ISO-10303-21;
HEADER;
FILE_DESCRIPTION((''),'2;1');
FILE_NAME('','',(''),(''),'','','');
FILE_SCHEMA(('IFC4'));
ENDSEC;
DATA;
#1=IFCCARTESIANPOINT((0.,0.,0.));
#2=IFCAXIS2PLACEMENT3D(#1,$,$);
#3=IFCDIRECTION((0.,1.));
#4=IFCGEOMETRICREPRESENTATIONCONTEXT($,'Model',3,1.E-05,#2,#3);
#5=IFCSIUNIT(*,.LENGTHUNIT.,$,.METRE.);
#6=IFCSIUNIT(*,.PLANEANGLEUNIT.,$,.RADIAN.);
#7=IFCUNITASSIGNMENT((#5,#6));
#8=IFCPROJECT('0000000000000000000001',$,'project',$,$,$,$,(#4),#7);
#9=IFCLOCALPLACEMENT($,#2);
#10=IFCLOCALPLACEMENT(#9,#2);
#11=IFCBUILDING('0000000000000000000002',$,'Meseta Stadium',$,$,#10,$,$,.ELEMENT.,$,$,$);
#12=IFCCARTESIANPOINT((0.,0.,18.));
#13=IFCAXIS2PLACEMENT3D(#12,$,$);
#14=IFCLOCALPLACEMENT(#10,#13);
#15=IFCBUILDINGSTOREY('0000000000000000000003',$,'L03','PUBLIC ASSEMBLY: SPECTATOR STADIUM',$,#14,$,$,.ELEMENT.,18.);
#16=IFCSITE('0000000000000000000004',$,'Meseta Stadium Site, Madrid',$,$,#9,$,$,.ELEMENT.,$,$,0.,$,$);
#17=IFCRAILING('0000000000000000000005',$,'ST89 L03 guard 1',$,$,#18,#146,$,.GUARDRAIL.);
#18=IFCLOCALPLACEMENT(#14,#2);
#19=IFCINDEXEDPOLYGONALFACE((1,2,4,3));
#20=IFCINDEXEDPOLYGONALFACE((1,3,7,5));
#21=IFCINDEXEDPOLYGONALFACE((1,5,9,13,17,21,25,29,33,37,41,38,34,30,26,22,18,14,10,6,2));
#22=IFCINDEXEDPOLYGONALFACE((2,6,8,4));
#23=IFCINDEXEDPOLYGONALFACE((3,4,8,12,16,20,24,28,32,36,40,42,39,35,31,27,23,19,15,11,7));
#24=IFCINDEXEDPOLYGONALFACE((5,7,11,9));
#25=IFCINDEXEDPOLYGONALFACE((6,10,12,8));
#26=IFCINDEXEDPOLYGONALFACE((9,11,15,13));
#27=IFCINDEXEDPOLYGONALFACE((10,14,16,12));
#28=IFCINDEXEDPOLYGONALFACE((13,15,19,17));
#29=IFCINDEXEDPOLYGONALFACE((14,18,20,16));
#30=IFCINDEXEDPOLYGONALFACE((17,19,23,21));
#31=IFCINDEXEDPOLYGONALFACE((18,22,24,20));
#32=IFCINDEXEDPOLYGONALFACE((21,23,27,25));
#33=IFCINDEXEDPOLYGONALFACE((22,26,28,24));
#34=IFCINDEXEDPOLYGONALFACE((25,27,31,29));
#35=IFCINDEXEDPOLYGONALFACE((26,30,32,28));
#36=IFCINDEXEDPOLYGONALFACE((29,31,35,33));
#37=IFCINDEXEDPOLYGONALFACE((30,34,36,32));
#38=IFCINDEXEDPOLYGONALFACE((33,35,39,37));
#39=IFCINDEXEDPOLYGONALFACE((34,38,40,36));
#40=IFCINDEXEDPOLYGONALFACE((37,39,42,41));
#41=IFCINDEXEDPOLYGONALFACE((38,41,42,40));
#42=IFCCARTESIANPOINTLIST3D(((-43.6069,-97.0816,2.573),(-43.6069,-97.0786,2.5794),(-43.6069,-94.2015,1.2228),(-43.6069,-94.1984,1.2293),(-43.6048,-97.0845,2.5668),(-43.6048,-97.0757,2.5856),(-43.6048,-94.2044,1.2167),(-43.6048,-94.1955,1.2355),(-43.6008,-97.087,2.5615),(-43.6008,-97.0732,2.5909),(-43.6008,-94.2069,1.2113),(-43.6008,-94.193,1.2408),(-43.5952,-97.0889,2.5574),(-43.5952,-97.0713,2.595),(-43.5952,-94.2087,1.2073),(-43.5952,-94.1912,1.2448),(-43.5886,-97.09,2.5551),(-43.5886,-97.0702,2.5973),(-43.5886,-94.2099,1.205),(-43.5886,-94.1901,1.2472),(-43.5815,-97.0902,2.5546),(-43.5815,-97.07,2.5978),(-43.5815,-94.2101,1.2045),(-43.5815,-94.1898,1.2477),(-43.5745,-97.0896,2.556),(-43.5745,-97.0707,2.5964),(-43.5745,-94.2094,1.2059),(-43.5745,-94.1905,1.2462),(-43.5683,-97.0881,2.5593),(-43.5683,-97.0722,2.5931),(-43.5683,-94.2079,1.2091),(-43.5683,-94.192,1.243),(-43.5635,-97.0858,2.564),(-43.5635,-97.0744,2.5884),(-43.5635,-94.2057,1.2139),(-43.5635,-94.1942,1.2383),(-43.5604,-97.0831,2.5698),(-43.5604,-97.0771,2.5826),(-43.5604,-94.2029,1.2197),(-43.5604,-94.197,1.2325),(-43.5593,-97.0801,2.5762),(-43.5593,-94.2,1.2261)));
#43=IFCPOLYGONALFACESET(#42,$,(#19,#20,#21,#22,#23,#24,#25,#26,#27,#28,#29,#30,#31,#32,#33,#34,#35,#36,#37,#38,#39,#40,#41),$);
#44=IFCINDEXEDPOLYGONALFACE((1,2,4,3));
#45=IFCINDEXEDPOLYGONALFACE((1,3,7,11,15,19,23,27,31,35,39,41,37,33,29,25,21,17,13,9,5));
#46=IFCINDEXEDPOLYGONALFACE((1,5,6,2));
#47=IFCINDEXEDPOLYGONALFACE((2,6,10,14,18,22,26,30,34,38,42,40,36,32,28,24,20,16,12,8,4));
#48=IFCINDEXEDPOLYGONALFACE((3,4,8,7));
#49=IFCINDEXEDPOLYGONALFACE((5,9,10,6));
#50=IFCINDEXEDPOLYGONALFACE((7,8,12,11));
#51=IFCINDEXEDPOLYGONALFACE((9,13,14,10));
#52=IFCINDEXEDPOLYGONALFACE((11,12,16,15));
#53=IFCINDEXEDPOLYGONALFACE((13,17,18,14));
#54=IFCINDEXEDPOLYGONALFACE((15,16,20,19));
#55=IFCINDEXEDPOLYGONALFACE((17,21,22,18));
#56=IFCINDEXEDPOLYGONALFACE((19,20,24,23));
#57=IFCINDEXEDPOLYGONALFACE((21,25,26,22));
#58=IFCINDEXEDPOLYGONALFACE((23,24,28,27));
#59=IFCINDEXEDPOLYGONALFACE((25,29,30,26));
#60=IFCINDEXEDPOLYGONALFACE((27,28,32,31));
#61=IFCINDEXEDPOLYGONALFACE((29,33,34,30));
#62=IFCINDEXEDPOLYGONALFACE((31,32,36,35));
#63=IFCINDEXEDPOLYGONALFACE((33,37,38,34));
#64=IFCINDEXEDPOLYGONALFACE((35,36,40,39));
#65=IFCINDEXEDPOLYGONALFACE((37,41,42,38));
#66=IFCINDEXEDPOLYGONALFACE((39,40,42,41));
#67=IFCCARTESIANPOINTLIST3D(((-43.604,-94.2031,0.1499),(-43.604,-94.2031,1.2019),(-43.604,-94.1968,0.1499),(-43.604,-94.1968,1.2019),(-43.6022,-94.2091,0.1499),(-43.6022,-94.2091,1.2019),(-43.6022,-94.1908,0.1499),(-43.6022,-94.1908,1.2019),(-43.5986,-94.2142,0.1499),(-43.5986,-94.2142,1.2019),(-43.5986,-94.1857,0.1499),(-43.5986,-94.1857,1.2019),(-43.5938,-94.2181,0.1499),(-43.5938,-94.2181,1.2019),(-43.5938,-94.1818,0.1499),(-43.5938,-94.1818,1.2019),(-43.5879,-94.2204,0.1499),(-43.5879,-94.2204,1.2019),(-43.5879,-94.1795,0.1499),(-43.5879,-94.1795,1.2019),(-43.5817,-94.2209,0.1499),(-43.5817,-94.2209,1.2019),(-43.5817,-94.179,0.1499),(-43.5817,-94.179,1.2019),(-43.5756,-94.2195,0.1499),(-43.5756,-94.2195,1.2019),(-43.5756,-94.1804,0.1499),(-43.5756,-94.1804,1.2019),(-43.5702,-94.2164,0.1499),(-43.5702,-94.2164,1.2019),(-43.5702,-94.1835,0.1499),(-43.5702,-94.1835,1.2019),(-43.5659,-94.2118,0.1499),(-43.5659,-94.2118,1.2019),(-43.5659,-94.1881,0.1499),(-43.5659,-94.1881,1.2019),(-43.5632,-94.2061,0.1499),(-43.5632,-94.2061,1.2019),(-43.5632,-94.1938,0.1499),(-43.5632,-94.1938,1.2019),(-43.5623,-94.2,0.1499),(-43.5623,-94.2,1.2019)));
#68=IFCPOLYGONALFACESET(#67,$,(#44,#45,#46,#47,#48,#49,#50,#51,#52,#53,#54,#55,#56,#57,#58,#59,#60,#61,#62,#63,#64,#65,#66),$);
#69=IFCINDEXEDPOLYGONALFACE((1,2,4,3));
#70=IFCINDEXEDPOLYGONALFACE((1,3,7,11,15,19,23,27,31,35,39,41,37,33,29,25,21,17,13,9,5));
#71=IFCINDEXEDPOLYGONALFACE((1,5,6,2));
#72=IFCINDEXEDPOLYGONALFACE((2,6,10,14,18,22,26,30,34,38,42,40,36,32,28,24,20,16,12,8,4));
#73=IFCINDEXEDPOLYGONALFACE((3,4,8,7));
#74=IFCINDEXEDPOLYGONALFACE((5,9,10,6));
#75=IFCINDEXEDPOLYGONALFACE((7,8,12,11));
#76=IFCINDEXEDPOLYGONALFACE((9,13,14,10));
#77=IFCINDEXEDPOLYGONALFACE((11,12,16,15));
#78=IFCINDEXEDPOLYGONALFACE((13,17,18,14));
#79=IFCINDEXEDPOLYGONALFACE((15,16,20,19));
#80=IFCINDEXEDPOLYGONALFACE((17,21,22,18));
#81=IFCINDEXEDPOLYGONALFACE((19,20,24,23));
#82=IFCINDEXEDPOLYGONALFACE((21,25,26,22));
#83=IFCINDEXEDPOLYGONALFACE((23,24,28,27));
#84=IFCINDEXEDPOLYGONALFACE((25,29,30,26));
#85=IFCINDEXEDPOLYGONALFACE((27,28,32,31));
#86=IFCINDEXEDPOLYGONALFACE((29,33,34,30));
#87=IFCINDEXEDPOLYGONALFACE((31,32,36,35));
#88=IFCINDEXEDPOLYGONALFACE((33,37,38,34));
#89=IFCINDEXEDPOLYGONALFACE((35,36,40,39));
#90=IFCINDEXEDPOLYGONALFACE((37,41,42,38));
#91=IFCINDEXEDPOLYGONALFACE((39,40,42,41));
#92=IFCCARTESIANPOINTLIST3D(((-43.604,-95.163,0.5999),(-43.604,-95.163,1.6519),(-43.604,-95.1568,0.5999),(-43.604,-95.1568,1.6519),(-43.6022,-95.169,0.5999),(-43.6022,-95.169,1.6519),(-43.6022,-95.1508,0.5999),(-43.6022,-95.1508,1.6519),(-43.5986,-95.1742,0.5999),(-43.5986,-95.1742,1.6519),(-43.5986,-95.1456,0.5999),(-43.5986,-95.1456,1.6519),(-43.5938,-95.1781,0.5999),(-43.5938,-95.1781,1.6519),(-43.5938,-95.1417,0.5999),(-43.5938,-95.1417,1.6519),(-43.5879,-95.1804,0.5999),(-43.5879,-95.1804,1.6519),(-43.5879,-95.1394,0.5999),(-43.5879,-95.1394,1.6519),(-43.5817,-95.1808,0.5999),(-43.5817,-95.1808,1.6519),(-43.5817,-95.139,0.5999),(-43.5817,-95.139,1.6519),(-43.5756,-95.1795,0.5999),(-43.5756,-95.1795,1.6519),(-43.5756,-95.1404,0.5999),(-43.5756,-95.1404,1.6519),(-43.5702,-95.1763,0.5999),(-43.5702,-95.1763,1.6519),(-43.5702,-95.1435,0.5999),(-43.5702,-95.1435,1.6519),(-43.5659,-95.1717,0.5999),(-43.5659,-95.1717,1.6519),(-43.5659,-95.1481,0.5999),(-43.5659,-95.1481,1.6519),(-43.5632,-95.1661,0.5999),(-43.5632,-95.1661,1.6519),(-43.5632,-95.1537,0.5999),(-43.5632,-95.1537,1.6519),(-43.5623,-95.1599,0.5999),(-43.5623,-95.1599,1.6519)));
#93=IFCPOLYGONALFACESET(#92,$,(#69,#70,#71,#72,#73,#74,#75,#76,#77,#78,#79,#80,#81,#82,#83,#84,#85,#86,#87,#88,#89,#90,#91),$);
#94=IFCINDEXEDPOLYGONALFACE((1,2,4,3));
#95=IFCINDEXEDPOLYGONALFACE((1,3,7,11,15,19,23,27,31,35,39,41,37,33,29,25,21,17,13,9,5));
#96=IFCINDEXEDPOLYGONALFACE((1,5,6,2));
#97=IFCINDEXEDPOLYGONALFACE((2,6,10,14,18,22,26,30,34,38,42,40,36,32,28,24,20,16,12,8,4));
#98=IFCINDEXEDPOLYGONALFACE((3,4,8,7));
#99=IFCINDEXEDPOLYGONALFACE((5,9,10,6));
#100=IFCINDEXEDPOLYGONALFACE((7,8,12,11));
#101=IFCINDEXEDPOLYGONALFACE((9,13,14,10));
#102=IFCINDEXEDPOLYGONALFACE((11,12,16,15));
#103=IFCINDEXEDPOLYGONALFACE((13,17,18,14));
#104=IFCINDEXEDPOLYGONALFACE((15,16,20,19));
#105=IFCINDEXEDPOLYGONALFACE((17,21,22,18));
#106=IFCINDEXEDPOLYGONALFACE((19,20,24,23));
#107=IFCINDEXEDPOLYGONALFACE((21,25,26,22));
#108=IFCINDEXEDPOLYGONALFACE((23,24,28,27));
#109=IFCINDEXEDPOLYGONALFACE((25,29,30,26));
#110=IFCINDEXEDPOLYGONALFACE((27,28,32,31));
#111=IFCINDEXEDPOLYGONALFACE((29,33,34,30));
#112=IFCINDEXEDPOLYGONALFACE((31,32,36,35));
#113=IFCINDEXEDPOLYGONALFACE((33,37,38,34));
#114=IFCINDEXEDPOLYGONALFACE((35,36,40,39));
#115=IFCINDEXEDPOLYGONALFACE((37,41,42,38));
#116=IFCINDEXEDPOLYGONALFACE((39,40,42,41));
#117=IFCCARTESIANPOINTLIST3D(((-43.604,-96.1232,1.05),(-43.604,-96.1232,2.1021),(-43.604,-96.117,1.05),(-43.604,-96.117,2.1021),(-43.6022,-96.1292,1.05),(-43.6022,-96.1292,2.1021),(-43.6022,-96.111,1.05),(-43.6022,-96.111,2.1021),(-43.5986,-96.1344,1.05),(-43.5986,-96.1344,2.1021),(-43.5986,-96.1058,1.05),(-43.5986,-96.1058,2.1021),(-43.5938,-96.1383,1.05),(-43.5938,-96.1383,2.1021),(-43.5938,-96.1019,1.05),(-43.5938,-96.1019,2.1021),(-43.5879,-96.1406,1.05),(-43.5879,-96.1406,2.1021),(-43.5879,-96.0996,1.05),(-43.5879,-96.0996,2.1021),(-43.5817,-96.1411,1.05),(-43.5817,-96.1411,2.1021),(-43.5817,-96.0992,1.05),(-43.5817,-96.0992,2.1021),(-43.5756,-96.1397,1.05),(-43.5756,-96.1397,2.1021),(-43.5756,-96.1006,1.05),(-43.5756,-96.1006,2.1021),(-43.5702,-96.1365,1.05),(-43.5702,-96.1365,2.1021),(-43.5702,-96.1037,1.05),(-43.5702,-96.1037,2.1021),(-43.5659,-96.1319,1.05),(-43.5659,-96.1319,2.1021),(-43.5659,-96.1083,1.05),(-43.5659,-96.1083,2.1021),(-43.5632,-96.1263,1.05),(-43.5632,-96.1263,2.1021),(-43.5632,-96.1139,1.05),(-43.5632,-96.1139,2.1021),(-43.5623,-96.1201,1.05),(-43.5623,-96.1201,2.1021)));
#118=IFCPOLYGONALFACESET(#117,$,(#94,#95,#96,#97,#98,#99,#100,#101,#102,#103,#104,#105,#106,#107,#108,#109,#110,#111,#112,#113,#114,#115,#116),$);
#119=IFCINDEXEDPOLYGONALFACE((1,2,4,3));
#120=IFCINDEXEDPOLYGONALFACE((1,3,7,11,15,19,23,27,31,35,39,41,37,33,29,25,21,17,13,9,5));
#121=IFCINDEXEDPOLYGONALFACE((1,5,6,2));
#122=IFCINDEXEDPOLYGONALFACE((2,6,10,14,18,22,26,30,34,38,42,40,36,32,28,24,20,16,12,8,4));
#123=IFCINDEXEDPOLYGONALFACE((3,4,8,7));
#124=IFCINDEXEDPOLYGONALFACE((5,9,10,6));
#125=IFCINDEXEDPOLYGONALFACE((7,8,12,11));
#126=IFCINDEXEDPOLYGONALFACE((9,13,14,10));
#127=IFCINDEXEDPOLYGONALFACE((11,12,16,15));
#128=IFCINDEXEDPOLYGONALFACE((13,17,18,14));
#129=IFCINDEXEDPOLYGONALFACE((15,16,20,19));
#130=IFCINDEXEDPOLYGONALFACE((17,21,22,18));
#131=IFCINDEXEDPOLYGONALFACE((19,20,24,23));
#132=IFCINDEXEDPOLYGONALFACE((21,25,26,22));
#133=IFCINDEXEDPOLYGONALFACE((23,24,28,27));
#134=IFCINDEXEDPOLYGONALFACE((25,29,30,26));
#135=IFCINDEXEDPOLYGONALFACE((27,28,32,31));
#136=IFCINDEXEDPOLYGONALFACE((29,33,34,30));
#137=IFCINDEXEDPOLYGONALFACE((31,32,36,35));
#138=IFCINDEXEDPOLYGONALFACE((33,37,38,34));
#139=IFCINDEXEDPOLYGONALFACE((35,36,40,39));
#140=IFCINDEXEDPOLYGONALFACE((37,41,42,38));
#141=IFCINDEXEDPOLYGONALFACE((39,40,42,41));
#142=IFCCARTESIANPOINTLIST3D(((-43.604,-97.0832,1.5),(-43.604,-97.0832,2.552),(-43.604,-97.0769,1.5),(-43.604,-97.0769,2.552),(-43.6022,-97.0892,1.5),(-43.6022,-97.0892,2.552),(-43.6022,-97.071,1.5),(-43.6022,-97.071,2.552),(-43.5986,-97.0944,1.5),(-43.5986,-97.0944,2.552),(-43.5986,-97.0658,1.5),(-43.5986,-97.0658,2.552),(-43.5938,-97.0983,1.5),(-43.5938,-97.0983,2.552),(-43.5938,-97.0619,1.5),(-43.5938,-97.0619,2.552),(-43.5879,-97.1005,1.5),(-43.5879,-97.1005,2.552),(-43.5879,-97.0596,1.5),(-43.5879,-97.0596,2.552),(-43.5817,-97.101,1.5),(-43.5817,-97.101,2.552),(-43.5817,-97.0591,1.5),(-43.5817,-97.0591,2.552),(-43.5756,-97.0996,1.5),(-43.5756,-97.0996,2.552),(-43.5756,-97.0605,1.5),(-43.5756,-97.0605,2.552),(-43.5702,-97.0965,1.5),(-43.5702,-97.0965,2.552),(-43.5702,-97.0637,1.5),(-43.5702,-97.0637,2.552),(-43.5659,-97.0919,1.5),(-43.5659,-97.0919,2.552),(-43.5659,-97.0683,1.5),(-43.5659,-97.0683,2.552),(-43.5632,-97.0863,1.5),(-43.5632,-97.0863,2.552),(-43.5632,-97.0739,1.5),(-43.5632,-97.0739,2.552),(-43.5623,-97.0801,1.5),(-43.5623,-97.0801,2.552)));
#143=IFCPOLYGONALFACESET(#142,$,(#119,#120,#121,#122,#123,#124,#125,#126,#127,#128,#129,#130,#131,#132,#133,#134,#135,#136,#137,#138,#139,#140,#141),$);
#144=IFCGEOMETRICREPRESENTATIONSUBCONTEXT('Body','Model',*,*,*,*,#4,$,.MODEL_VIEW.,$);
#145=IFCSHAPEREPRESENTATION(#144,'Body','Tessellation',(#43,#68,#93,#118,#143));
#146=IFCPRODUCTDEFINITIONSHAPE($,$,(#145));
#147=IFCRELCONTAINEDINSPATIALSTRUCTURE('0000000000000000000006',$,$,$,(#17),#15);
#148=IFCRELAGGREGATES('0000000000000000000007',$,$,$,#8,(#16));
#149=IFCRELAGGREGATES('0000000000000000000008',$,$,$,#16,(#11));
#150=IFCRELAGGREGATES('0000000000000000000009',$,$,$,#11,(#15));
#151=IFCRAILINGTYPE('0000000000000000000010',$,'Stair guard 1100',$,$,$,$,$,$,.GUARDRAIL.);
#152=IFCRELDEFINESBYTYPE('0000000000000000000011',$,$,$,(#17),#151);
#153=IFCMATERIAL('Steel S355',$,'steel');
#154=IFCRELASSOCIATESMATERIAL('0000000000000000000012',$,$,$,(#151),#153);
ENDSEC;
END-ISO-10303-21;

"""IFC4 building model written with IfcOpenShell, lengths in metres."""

from ifc_helpers import new_model, si_unit, direction, frame, origin, origin_2d, place, context, subcontext, project, spatial, circle, extrude, material, type_object, element, save


model = new_model("IFC4")

# Units and contexts
model_context = context("Model", 3, precision=1e-05, world=origin(), true_north=direction((0.0, 1.0)))
body_context = subcontext(model_context, "Body", "Model", "MODEL_VIEW")
ifc_project = project(units=[si_unit("LENGTHUNIT", "METRE"), si_unit("PLANEANGLEUNIT", "RADIAN")], contexts=[model_context])

# Site, building, storey
site_placement = place(None, origin())
site = spatial("IfcSite", under=ifc_project, at=site_placement, Name="Meseta Stadium Site, Madrid", CompositionType="ELEMENT", RefElevation=0.0)
building_placement = place(site_placement, origin())
building = spatial("IfcBuilding", under=site, at=building_placement, Name="Meseta Stadium", CompositionType="ELEMENT")
storey_placement = place(building_placement, frame((0.0, 0.0, 18.0)))
storey = spatial("IfcBuildingStorey", under=building, at=storey_placement, Name="L03", Description="PUBLIC ASSEMBLY: SPECTATOR STADIUM", CompositionType="ELEMENT", Elevation=18.0)

# Railing
ifc_material_1 = material(Name="Steel S355", Category="steel")
railing_type_1 = type_object("IfcRailingType", Name="Stair guard 1100", PredefinedType="GUARDRAIL", material=ifc_material_1)
for number, where, name in (
    (1, (-43.5833, -94.2, 0.1499), "ST89 L03 guard 1"),
):
    element("IfcRailing", number, at=place(storey_placement, frame(where)), inside=storey, type_object=railing_type_1, Name=name, PredefinedType="GUARDRAIL", context=body_context, shape_type="SweptSolid", body=[
        extrude(circle(Radius=0.0239, at=origin_2d()), frame((0.0, 0.0, 1.0762), z_axis=(0.0, -0.905454, 0.424444), x_axis=(1.0, 0.0, 0.0)), (0.0, 0.0, 1.0), 3.1809),
        extrude(circle(Radius=0.021, at=origin_2d()), origin(), (0.0, 0.0, 1.0), 1.052),
        extrude(circle(Radius=0.021, at=origin_2d()), frame((0.0, -0.96, 0.45)), (0.0, 0.0, 1.0), 1.052),
        extrude(circle(Radius=0.021, at=origin_2d()), frame((0.0, -1.9202, 0.9001)), (0.0, 0.0, 1.0), 1.052),
        extrude(circle(Radius=0.021, at=origin_2d()), frame((0.0, -2.8801, 1.3501)), (0.0, 0.0, 1.0), 1.052),
    ])

save(model, "model.ifc")
